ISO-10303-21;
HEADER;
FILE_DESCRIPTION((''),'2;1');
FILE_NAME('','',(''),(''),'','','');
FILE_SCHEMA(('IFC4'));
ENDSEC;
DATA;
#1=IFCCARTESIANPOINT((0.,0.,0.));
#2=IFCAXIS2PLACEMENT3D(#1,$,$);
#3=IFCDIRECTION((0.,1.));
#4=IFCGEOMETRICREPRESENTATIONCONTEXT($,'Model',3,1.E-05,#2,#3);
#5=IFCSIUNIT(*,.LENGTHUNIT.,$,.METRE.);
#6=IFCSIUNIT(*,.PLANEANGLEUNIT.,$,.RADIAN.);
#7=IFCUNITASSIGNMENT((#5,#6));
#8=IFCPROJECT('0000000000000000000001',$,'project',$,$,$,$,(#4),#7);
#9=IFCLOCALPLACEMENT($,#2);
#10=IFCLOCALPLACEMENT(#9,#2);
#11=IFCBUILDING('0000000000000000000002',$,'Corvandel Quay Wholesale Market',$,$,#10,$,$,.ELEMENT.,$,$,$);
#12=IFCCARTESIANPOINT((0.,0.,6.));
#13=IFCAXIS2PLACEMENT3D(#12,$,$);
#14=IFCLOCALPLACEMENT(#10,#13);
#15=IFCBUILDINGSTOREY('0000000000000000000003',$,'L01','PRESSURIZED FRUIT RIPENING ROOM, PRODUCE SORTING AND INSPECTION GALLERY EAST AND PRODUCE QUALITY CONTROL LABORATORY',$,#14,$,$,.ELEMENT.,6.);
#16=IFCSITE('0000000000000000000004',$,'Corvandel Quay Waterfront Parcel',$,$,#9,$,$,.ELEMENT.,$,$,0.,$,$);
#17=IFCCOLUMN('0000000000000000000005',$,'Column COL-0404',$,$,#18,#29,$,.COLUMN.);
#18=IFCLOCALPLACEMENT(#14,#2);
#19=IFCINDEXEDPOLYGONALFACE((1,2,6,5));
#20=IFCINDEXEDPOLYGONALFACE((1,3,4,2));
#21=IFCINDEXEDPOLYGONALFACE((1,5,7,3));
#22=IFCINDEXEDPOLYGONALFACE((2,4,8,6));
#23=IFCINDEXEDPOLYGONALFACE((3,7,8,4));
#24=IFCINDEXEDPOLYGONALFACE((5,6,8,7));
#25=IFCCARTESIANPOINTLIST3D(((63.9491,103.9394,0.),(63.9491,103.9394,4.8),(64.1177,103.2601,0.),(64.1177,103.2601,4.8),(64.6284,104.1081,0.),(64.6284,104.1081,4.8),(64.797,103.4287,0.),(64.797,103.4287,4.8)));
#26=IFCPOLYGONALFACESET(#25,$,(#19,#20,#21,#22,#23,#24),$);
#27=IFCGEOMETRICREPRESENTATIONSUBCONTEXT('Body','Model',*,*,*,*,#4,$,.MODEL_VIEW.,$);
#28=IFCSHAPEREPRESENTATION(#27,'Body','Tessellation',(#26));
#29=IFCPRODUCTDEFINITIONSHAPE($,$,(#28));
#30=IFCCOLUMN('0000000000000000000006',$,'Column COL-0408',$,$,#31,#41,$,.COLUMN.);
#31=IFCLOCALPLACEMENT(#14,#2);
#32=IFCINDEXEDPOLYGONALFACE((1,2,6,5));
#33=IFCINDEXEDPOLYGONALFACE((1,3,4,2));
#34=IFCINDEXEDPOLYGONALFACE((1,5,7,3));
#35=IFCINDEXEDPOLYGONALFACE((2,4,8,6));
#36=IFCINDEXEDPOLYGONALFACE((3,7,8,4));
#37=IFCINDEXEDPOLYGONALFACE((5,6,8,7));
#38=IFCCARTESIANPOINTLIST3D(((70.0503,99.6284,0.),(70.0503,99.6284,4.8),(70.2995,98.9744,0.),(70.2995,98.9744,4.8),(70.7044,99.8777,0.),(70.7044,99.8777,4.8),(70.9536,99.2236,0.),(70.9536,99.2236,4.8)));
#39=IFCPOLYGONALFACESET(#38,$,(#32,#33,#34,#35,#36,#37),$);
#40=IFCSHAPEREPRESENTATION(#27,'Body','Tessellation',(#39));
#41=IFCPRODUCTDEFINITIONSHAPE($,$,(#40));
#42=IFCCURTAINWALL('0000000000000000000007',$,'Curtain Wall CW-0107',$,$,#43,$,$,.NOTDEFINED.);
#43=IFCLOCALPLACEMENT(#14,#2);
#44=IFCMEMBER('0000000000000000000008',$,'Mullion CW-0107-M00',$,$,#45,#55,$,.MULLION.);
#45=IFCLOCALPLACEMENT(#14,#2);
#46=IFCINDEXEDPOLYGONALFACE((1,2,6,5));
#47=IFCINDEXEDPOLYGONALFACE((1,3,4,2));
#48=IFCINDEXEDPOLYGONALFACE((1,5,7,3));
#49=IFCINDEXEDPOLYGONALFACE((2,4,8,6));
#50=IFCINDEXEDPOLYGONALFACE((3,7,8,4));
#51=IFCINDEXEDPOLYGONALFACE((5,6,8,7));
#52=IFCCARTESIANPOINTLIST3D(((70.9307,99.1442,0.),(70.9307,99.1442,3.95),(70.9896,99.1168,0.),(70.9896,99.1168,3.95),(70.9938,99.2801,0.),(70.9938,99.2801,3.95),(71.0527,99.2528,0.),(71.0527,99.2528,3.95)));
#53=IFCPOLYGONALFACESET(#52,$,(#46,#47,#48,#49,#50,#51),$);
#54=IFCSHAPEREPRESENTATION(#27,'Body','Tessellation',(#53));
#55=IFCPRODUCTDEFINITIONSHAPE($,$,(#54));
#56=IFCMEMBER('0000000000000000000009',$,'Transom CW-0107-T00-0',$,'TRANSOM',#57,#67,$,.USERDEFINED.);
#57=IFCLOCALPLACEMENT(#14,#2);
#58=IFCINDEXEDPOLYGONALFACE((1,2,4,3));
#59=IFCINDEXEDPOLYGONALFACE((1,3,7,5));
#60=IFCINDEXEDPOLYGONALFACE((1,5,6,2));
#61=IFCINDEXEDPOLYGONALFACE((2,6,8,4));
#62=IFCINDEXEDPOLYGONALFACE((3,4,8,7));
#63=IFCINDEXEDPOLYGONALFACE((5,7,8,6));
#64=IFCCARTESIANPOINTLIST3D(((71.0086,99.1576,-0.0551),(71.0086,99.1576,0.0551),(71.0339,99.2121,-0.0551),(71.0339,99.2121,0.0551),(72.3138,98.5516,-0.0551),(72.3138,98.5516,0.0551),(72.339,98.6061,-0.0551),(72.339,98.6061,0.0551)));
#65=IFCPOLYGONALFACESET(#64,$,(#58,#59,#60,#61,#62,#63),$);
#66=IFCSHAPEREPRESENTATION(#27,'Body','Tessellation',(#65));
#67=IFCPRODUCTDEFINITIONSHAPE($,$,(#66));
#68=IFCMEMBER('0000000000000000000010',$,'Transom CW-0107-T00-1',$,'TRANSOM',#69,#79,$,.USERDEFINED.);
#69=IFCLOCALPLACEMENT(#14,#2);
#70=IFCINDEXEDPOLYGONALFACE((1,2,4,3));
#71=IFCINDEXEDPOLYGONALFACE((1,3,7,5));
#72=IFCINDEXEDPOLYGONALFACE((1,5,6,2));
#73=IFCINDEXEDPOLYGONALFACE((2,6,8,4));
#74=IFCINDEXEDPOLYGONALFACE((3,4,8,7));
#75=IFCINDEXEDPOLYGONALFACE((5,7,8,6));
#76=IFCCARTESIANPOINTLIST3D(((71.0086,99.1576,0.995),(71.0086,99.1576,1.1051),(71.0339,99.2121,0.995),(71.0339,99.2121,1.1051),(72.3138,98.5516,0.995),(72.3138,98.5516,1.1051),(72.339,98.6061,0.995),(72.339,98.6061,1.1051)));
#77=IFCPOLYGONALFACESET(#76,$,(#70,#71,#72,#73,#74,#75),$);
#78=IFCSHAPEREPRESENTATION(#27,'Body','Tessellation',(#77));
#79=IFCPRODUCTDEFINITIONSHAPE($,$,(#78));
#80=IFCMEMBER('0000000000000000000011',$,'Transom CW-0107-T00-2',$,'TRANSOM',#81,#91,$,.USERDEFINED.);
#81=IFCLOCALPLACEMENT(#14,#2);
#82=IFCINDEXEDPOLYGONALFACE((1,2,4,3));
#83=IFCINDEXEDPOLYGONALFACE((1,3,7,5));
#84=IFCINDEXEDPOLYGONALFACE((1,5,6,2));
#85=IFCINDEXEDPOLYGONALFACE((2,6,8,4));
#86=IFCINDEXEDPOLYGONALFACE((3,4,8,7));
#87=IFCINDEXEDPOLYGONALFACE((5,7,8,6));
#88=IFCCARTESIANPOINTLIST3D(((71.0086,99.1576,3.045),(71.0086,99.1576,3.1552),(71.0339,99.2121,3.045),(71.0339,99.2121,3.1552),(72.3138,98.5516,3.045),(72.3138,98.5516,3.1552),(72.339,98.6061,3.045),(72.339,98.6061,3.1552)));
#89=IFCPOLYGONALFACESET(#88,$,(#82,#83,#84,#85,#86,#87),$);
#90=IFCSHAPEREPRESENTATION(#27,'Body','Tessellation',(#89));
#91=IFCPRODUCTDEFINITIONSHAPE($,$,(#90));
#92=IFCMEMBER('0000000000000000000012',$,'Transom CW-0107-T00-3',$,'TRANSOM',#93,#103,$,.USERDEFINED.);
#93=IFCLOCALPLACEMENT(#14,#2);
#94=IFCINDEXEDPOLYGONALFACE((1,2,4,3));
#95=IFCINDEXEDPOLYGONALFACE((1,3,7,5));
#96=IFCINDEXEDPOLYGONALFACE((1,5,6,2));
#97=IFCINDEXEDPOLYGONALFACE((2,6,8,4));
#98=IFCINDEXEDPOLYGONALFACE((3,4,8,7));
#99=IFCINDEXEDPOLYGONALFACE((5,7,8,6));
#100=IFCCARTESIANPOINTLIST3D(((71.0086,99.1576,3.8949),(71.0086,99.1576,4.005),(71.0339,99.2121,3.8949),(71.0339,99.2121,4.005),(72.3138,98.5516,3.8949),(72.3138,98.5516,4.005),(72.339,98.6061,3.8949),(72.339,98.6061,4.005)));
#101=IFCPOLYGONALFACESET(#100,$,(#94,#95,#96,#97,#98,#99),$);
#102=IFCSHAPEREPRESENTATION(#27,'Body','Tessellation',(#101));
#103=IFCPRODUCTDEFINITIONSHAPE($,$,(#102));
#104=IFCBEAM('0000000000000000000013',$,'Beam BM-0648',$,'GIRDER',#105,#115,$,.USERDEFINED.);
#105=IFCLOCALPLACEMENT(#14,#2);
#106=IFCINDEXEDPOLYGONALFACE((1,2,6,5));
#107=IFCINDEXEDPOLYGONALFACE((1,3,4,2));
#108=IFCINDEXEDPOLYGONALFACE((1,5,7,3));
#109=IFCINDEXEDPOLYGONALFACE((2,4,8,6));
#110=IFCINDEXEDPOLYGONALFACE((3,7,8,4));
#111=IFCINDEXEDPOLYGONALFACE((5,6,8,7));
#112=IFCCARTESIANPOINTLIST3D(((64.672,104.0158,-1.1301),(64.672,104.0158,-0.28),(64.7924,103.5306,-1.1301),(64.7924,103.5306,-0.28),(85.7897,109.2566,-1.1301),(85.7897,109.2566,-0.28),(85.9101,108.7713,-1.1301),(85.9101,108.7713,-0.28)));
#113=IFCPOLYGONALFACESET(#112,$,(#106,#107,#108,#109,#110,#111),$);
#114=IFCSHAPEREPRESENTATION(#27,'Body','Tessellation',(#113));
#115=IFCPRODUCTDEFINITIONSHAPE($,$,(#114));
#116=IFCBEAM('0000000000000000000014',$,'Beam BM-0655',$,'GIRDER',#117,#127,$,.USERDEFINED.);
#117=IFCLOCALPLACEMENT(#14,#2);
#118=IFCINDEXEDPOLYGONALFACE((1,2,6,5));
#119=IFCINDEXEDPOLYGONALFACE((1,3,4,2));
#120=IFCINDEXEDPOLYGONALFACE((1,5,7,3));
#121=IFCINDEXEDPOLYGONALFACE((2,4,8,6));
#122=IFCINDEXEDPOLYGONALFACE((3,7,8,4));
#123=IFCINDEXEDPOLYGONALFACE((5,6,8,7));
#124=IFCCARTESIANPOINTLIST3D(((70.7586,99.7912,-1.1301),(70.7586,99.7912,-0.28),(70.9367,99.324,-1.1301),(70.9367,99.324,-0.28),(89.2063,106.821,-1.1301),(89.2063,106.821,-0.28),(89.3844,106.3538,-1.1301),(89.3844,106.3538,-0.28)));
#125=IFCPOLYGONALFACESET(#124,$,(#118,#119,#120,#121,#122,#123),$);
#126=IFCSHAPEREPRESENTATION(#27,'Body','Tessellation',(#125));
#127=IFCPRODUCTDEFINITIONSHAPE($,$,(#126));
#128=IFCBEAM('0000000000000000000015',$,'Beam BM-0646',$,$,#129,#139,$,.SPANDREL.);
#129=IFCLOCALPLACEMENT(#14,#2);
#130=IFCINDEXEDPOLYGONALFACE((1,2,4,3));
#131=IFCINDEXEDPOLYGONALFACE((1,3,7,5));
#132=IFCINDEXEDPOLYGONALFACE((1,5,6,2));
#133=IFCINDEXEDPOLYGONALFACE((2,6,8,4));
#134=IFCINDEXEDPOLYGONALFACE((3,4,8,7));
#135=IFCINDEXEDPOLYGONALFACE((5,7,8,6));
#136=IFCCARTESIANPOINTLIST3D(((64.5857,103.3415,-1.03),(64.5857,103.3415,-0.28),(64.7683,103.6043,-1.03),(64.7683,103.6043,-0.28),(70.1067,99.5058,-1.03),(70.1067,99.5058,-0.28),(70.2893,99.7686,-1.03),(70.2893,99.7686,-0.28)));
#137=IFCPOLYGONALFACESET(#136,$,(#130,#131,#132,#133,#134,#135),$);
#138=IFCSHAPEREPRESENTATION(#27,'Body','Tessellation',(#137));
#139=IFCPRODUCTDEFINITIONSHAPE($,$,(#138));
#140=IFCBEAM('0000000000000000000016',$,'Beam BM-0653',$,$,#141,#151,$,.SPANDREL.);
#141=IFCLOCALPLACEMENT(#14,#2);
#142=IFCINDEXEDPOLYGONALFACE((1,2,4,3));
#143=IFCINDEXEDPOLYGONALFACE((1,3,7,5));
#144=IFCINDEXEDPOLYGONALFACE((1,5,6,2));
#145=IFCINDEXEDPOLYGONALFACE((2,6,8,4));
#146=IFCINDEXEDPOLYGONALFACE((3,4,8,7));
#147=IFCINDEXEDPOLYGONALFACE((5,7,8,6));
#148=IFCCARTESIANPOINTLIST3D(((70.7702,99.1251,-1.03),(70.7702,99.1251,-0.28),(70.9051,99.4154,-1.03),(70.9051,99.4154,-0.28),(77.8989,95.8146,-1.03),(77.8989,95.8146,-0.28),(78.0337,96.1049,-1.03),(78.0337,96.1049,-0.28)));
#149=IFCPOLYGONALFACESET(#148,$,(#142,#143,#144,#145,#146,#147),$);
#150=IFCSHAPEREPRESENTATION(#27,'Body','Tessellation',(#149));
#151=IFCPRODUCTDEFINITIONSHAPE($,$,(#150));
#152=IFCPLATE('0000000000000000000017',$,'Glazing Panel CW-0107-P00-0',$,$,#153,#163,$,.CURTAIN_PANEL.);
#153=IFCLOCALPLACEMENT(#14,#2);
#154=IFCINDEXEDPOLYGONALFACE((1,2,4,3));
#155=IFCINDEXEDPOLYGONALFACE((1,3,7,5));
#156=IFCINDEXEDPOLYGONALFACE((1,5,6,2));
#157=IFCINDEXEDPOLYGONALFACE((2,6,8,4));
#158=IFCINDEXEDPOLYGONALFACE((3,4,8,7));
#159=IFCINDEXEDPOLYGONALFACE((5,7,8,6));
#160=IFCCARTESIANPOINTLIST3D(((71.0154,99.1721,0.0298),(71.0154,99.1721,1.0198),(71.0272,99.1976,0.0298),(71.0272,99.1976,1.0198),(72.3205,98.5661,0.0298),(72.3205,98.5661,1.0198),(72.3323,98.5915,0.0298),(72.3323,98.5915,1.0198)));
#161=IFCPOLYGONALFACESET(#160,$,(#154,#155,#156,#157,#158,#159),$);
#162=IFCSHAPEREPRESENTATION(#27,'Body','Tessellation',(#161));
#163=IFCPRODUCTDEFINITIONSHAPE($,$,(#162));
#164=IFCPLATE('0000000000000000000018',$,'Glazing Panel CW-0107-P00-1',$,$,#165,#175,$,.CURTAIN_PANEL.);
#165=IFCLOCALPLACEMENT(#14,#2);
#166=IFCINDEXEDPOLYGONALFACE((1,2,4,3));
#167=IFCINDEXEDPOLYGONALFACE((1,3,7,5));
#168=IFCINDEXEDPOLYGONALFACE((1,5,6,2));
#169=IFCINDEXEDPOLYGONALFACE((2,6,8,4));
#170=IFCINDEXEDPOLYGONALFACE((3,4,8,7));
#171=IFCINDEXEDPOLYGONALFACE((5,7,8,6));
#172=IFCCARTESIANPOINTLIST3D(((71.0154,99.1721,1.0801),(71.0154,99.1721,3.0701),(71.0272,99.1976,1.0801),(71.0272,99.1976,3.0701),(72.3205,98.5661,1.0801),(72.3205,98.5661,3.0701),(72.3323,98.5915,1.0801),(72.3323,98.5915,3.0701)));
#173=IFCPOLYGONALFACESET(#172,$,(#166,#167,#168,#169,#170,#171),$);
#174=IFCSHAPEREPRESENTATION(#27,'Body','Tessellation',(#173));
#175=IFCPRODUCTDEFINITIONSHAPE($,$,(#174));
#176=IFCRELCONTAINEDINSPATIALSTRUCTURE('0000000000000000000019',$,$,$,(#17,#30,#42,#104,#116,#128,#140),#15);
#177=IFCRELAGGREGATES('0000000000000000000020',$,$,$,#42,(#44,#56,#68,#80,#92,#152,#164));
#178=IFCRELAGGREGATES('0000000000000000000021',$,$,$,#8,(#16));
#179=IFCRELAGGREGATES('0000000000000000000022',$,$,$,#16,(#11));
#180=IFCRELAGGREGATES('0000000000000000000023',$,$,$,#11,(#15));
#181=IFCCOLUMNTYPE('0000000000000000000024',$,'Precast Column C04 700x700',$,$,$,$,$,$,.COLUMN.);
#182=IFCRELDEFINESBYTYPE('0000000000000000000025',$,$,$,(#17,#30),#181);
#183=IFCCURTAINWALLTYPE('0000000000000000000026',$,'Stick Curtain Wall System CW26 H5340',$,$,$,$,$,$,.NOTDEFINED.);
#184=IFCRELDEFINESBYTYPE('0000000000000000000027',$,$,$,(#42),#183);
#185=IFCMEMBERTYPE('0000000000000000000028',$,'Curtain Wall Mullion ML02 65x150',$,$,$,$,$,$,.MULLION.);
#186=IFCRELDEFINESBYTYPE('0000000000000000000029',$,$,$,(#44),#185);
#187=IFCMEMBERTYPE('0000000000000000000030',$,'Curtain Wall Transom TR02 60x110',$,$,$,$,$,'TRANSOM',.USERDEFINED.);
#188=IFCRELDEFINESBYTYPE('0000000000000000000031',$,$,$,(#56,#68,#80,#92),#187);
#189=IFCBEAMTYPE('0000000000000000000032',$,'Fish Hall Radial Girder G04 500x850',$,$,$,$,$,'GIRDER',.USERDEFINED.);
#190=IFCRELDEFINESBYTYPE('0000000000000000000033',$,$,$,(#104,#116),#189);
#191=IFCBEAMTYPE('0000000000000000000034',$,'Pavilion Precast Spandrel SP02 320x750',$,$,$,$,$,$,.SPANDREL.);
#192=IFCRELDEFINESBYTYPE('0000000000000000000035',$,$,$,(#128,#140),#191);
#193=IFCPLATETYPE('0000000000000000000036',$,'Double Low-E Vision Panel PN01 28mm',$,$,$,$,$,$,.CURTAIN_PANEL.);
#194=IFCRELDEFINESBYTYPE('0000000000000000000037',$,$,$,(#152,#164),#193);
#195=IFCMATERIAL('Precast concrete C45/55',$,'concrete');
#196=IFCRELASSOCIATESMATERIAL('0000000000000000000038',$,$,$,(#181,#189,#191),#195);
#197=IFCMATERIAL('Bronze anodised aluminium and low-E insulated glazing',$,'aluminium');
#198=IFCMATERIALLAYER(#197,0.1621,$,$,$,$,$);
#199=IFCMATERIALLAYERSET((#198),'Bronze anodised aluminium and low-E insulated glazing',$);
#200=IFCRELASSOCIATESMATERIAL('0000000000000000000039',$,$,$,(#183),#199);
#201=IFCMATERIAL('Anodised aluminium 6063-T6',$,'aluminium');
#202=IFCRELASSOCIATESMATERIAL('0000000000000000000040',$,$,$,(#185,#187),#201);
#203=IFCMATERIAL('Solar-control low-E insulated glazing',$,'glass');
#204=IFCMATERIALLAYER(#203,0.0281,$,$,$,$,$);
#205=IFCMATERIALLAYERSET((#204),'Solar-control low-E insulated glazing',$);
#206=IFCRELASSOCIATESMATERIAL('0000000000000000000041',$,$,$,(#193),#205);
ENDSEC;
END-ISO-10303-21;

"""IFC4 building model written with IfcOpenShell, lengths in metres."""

from ifc_helpers import new_model, si_unit, direction, frame, origin, origin_2d, place, context, subcontext, project, spatial, rectangle, extrude, material, layer, layer_set, material_profile, profile_set, type_object, element, aggregate, save


model = new_model("IFC4")

# Units and contexts
model_context = context("Model", 3, precision=1e-05, world=origin(), true_north=direction((0.0, 1.0)))
body_context = subcontext(model_context, "Body", "Model", "MODEL_VIEW")
ifc_project = project(units=[si_unit("LENGTHUNIT", "METRE"), si_unit("PLANEANGLEUNIT", "RADIAN")], contexts=[model_context])

# Site, building, storey
site_placement = place(None, origin())
site = spatial("IfcSite", under=ifc_project, at=site_placement, Name="Corvandel Quay Waterfront Parcel", CompositionType="ELEMENT", RefElevation=0.0)
building_placement = place(site_placement, origin())
building = spatial("IfcBuilding", under=site, at=building_placement, Name="Corvandel Quay Wholesale Market", CompositionType="ELEMENT")
storey_placement = place(building_placement, frame((0.0, 0.0, 6.0)))
storey = spatial("IfcBuildingStorey", under=building, at=storey_placement, Name="L01", Description="PRESSURIZED FRUIT RIPENING ROOM, PRODUCE SORTING AND INSPECTION GALLERY EAST AND PRODUCE QUALITY CONTROL LABORATORY", CompositionType="ELEMENT", Elevation=6.0)

# Columns
ifc_material_1 = material(Name="Precast concrete C45/55", Category="concrete")
ifc_material_profile_1 = material_profile(ifc_material_1, rectangle(XDim=0.7, YDim=0.7, at=origin_2d()), Name="PC-COL-700x700")
ifc_profile_set_1 = profile_set([ifc_material_profile_1], Name="Precast concrete C45/55")
column_type = type_object("IfcColumnType", Name="Precast Column C04 700x700", PredefinedType="COLUMN", material=ifc_profile_set_1)
for number, where, z_axis, x_axis, name in (
    (1, (64.373, 103.6841, 0.0), (0.0, 0.0, 1.0), (-0.240906, 0.970549, 0.0), "Column COL-0404"),
    (2, (70.502, 99.426, 0.0), (0.0, 0.0, 1.0), (-0.356086, 0.934453, 0.0), "Column COL-0408"),
):
    element("IfcColumn", number, at=place(storey_placement, frame(where, z_axis=z_axis, x_axis=x_axis)), inside=storey, type_object=column_type, Name=name, PredefinedType="COLUMN", context=body_context, shape_type="SweptSolid", body=[
        extrude(rectangle(XDim=0.7, YDim=0.7, at=origin_2d()), origin(), (0.0, 0.0, 1.0), 4.8),
    ])

# Curtain wall, members
ifc_material_2 = material(Name="Bronze anodised aluminium and low-E insulated glazing", Category="aluminium")
ifc_layer_1 = layer(ifc_material_2, 0.1621)
ifc_layer_set_1 = layer_set([ifc_layer_1], Name="Bronze anodised aluminium and low-E insulated glazing")
curtain_wall_type = type_object("IfcCurtainWallType", Name="Stick Curtain Wall System CW26 H5340", PredefinedType="NOTDEFINED", material=ifc_layer_set_1)
curtain_wall_placement = place(storey_placement, origin())
curtain_wall = element("IfcCurtainWall", 3, at=curtain_wall_placement, inside=storey, type_object=curtain_wall_type, Name="Curtain Wall CW-0107", PredefinedType="NOTDEFINED")
ifc_material_3 = material(Name="Anodised aluminium 6063-T6", Category="aluminium")
ifc_material_profile_2 = material_profile(ifc_material_3, rectangle(XDim=0.0649, YDim=0.1499, at=origin_2d()), Name="ALU-MUL-65x150")
ifc_profile_set_2 = profile_set([ifc_material_profile_2], Name="Anodised aluminium 6063-T6")
member_type_1 = type_object("IfcMemberType", Name="Curtain Wall Mullion ML02 65x150", PredefinedType="MULLION", material=ifc_profile_set_2)
member_1_placement = place(storey_placement, frame((70.9917, 99.1985, 0.0), z_axis=(0.0, 0.0, 1.0), x_axis=(-0.906971, 0.421194, 0.0)))
member_1 = element("IfcMember", 4, at=member_1_placement, type_object=member_type_1, Name="Mullion CW-0107-M00", PredefinedType="MULLION", context=body_context, shape_type="SweptSolid", body=[
    extrude(rectangle(XDim=0.0649, YDim=0.1499, at=origin_2d()), origin(), (0.0, 0.0, 1.0), 3.95),
])
ifc_material_profile_3 = material_profile(ifc_material_3, rectangle(XDim=0.0601, YDim=0.1101, at=origin_2d()), Name="ALU-TRN-60x110")
ifc_profile_set_3 = profile_set([ifc_material_profile_3], Name="Anodised aluminium 6063-T6")
member_type_2 = type_object("IfcMemberType", Name="Curtain Wall Transom TR02 60x110", ElementType="TRANSOM", PredefinedType="USERDEFINED", material=ifc_profile_set_3)
member_2_placement = place(storey_placement, frame((71.0212, 99.1848, 0.0), z_axis=(0.907014, -0.421101, 0.0), x_axis=(0.421101, 0.907014, 0.0)))
member_2 = element("IfcMember", 5, at=member_2_placement, type_object=member_type_2, Name="Transom CW-0107-T00-0", ObjectType="TRANSOM", PredefinedType="USERDEFINED", context=body_context, shape_type="SweptSolid", body=[
    extrude(rectangle(XDim=0.0601, YDim=0.1101, at=origin_2d()), origin(), (0.0, 0.0, 1.0), 1.439),
])
member_3_placement = place(storey_placement, frame((71.0212, 99.1848, 1.05), z_axis=(0.907014, -0.421101, 0.0), x_axis=(0.421101, 0.907014, 0.0)))
member_3 = element("IfcMember", 6, at=member_3_placement, type_object=member_type_2, Name="Transom CW-0107-T00-1", ObjectType="TRANSOM", PredefinedType="USERDEFINED", context=body_context, shape_type="SweptSolid", body=[
    extrude(rectangle(XDim=0.0601, YDim=0.1101, at=origin_2d()), origin(), (0.0, 0.0, 1.0), 1.439),
])
member_4_placement = place(storey_placement, frame((71.0212, 99.1848, 3.1001), z_axis=(0.907014, -0.421101, 0.0), x_axis=(0.421101, 0.907014, 0.0)))
member_4 = element("IfcMember", 7, at=member_4_placement, type_object=member_type_2, Name="Transom CW-0107-T00-2", ObjectType="TRANSOM", PredefinedType="USERDEFINED", context=body_context, shape_type="SweptSolid", body=[
    extrude(rectangle(XDim=0.0601, YDim=0.1101, at=origin_2d()), origin(), (0.0, 0.0, 1.0), 1.439),
])
member_5_placement = place(storey_placement, frame((71.0212, 99.1848, 3.95), z_axis=(0.907014, -0.421101, 0.0), x_axis=(0.421101, 0.907014, 0.0)))
member_5 = element("IfcMember", 8, at=member_5_placement, type_object=member_type_2, Name="Transom CW-0107-T00-3", ObjectType="TRANSOM", PredefinedType="USERDEFINED", context=body_context, shape_type="SweptSolid", body=[
    extrude(rectangle(XDim=0.0601, YDim=0.1101, at=origin_2d()), origin(), (0.0, 0.0, 1.0), 1.439),
])

# Beams
ifc_material_profile_4 = material_profile(ifc_material_1, rectangle(XDim=0.5, YDim=0.8501, at=origin_2d()), Name="PC-GIR-500x850")
ifc_profile_set_4 = profile_set([ifc_material_profile_4], Name="Precast concrete C45/55")
beam_type_1 = type_object("IfcBeamType", Name="Fish Hall Radial Girder G04 500x850", ElementType="GIRDER", PredefinedType="USERDEFINED", material=ifc_profile_set_4)
beam_1_placement = place(storey_placement, frame((64.7322, 103.7732, -0.7051), z_axis=(0.97056, 0.240861, 0.0), x_axis=(-0.240861, 0.97056, 0.0)))
element("IfcBeam", 9, at=beam_1_placement, inside=storey, type_object=beam_type_1, Name="Beam BM-0648", ObjectType="GIRDER", PredefinedType="USERDEFINED", context=body_context, shape_type="SweptSolid", body=[
    extrude(rectangle(XDim=0.5, YDim=0.8501, at=origin_2d()), origin(), (0.0, 0.0, 1.0), 21.7583),
])
beam_2_placement = place(storey_placement, frame((70.8477, 99.5576, -0.7051), z_axis=(0.934453, 0.356087, 0.0), x_axis=(-0.356087, 0.934453, 0.0)))
element("IfcBeam", 10, at=beam_2_placement, inside=storey, type_object=beam_type_1, Name="Beam BM-0655", ObjectType="GIRDER", PredefinedType="USERDEFINED", context=body_context, shape_type="SweptSolid", body=[
    extrude(rectangle(XDim=0.5, YDim=0.8501, at=origin_2d()), origin(), (0.0, 0.0, 1.0), 19.7417),
])
ifc_material_profile_5 = material_profile(ifc_material_1, rectangle(XDim=0.3201, YDim=0.75, at=origin_2d()), Name="PC-SPN-320x750")
ifc_profile_set_5 = profile_set([ifc_material_profile_5], Name="Precast concrete C45/55")
beam_type_2 = type_object("IfcBeamType", Name="Pavilion Precast Spandrel SP02 320x750", PredefinedType="SPANDREL", material=ifc_profile_set_5)
beam_3_placement = place(storey_placement, frame((64.677, 103.4729, -0.655), z_axis=(0.821254, -0.570563, 0.0), x_axis=(0.570563, 0.821254, 0.0)))
element("IfcBeam", 11, at=beam_3_placement, inside=storey, type_object=beam_type_2, Name="Beam BM-0646", PredefinedType="SPANDREL", context=body_context, shape_type="SweptSolid", body=[
    extrude(rectangle(XDim=0.3201, YDim=0.75, at=origin_2d()), origin(), (0.0, 0.0, 1.0), 6.7227),
])
beam_4_placement = place(storey_placement, frame((70.8376, 99.2703, -0.655), z_axis=(0.90697, -0.421196, 0.0), x_axis=(0.421196, 0.90697, 0.0)))
element("IfcBeam", 12, at=beam_4_placement, inside=storey, type_object=beam_type_2, Name="Beam BM-0653", PredefinedType="SPANDREL", context=body_context, shape_type="SweptSolid", body=[
    extrude(rectangle(XDim=0.3201, YDim=0.75, at=origin_2d()), origin(), (0.0, 0.0, 1.0), 7.8599),
])

# Plates
ifc_material_4 = material(Name="Solar-control low-E insulated glazing", Category="glass")
ifc_layer_2 = layer(ifc_material_4, 0.0281)
ifc_layer_set_2 = layer_set([ifc_layer_2], Name="Solar-control low-E insulated glazing")
plate_type = type_object("IfcPlateType", Name="Double Low-E Vision Panel PN01 28mm", PredefinedType="CURTAIN_PANEL", material=ifc_layer_set_2)
plate_1_placement = place(storey_placement, frame((71.6738, 98.8818, 0.0298), z_axis=(0.0, 0.0, 1.0), x_axis=(-0.906971, 0.421194, 0.0)))
plate_1 = element("IfcPlate", 13, at=plate_1_placement, type_object=plate_type, Name="Glazing Panel CW-0107-P00-0", PredefinedType="CURTAIN_PANEL", context=body_context, shape_type="SweptSolid", body=[
    extrude(rectangle(XDim=1.439, YDim=0.0281, at=origin_2d()), origin(), (0.0, 0.0, 1.0), 0.99),
])
plate_2_placement = place(storey_placement, frame((71.6738, 98.8818, 1.0801), z_axis=(0.0, 0.0, 1.0), x_axis=(-0.906971, 0.421194, 0.0)))
plate_2 = element("IfcPlate", 14, at=plate_2_placement, type_object=plate_type, Name="Glazing Panel CW-0107-P00-1", PredefinedType="CURTAIN_PANEL", context=body_context, shape_type="SweptSolid", body=[
    extrude(rectangle(XDim=1.439, YDim=0.0281, at=origin_2d()), origin(), (0.0, 0.0, 1.0), 1.99),
])
aggregate(curtain_wall, [member_1, member_2, member_3, member_4, member_5, plate_1, plate_2])

save(model, "model.ifc")
